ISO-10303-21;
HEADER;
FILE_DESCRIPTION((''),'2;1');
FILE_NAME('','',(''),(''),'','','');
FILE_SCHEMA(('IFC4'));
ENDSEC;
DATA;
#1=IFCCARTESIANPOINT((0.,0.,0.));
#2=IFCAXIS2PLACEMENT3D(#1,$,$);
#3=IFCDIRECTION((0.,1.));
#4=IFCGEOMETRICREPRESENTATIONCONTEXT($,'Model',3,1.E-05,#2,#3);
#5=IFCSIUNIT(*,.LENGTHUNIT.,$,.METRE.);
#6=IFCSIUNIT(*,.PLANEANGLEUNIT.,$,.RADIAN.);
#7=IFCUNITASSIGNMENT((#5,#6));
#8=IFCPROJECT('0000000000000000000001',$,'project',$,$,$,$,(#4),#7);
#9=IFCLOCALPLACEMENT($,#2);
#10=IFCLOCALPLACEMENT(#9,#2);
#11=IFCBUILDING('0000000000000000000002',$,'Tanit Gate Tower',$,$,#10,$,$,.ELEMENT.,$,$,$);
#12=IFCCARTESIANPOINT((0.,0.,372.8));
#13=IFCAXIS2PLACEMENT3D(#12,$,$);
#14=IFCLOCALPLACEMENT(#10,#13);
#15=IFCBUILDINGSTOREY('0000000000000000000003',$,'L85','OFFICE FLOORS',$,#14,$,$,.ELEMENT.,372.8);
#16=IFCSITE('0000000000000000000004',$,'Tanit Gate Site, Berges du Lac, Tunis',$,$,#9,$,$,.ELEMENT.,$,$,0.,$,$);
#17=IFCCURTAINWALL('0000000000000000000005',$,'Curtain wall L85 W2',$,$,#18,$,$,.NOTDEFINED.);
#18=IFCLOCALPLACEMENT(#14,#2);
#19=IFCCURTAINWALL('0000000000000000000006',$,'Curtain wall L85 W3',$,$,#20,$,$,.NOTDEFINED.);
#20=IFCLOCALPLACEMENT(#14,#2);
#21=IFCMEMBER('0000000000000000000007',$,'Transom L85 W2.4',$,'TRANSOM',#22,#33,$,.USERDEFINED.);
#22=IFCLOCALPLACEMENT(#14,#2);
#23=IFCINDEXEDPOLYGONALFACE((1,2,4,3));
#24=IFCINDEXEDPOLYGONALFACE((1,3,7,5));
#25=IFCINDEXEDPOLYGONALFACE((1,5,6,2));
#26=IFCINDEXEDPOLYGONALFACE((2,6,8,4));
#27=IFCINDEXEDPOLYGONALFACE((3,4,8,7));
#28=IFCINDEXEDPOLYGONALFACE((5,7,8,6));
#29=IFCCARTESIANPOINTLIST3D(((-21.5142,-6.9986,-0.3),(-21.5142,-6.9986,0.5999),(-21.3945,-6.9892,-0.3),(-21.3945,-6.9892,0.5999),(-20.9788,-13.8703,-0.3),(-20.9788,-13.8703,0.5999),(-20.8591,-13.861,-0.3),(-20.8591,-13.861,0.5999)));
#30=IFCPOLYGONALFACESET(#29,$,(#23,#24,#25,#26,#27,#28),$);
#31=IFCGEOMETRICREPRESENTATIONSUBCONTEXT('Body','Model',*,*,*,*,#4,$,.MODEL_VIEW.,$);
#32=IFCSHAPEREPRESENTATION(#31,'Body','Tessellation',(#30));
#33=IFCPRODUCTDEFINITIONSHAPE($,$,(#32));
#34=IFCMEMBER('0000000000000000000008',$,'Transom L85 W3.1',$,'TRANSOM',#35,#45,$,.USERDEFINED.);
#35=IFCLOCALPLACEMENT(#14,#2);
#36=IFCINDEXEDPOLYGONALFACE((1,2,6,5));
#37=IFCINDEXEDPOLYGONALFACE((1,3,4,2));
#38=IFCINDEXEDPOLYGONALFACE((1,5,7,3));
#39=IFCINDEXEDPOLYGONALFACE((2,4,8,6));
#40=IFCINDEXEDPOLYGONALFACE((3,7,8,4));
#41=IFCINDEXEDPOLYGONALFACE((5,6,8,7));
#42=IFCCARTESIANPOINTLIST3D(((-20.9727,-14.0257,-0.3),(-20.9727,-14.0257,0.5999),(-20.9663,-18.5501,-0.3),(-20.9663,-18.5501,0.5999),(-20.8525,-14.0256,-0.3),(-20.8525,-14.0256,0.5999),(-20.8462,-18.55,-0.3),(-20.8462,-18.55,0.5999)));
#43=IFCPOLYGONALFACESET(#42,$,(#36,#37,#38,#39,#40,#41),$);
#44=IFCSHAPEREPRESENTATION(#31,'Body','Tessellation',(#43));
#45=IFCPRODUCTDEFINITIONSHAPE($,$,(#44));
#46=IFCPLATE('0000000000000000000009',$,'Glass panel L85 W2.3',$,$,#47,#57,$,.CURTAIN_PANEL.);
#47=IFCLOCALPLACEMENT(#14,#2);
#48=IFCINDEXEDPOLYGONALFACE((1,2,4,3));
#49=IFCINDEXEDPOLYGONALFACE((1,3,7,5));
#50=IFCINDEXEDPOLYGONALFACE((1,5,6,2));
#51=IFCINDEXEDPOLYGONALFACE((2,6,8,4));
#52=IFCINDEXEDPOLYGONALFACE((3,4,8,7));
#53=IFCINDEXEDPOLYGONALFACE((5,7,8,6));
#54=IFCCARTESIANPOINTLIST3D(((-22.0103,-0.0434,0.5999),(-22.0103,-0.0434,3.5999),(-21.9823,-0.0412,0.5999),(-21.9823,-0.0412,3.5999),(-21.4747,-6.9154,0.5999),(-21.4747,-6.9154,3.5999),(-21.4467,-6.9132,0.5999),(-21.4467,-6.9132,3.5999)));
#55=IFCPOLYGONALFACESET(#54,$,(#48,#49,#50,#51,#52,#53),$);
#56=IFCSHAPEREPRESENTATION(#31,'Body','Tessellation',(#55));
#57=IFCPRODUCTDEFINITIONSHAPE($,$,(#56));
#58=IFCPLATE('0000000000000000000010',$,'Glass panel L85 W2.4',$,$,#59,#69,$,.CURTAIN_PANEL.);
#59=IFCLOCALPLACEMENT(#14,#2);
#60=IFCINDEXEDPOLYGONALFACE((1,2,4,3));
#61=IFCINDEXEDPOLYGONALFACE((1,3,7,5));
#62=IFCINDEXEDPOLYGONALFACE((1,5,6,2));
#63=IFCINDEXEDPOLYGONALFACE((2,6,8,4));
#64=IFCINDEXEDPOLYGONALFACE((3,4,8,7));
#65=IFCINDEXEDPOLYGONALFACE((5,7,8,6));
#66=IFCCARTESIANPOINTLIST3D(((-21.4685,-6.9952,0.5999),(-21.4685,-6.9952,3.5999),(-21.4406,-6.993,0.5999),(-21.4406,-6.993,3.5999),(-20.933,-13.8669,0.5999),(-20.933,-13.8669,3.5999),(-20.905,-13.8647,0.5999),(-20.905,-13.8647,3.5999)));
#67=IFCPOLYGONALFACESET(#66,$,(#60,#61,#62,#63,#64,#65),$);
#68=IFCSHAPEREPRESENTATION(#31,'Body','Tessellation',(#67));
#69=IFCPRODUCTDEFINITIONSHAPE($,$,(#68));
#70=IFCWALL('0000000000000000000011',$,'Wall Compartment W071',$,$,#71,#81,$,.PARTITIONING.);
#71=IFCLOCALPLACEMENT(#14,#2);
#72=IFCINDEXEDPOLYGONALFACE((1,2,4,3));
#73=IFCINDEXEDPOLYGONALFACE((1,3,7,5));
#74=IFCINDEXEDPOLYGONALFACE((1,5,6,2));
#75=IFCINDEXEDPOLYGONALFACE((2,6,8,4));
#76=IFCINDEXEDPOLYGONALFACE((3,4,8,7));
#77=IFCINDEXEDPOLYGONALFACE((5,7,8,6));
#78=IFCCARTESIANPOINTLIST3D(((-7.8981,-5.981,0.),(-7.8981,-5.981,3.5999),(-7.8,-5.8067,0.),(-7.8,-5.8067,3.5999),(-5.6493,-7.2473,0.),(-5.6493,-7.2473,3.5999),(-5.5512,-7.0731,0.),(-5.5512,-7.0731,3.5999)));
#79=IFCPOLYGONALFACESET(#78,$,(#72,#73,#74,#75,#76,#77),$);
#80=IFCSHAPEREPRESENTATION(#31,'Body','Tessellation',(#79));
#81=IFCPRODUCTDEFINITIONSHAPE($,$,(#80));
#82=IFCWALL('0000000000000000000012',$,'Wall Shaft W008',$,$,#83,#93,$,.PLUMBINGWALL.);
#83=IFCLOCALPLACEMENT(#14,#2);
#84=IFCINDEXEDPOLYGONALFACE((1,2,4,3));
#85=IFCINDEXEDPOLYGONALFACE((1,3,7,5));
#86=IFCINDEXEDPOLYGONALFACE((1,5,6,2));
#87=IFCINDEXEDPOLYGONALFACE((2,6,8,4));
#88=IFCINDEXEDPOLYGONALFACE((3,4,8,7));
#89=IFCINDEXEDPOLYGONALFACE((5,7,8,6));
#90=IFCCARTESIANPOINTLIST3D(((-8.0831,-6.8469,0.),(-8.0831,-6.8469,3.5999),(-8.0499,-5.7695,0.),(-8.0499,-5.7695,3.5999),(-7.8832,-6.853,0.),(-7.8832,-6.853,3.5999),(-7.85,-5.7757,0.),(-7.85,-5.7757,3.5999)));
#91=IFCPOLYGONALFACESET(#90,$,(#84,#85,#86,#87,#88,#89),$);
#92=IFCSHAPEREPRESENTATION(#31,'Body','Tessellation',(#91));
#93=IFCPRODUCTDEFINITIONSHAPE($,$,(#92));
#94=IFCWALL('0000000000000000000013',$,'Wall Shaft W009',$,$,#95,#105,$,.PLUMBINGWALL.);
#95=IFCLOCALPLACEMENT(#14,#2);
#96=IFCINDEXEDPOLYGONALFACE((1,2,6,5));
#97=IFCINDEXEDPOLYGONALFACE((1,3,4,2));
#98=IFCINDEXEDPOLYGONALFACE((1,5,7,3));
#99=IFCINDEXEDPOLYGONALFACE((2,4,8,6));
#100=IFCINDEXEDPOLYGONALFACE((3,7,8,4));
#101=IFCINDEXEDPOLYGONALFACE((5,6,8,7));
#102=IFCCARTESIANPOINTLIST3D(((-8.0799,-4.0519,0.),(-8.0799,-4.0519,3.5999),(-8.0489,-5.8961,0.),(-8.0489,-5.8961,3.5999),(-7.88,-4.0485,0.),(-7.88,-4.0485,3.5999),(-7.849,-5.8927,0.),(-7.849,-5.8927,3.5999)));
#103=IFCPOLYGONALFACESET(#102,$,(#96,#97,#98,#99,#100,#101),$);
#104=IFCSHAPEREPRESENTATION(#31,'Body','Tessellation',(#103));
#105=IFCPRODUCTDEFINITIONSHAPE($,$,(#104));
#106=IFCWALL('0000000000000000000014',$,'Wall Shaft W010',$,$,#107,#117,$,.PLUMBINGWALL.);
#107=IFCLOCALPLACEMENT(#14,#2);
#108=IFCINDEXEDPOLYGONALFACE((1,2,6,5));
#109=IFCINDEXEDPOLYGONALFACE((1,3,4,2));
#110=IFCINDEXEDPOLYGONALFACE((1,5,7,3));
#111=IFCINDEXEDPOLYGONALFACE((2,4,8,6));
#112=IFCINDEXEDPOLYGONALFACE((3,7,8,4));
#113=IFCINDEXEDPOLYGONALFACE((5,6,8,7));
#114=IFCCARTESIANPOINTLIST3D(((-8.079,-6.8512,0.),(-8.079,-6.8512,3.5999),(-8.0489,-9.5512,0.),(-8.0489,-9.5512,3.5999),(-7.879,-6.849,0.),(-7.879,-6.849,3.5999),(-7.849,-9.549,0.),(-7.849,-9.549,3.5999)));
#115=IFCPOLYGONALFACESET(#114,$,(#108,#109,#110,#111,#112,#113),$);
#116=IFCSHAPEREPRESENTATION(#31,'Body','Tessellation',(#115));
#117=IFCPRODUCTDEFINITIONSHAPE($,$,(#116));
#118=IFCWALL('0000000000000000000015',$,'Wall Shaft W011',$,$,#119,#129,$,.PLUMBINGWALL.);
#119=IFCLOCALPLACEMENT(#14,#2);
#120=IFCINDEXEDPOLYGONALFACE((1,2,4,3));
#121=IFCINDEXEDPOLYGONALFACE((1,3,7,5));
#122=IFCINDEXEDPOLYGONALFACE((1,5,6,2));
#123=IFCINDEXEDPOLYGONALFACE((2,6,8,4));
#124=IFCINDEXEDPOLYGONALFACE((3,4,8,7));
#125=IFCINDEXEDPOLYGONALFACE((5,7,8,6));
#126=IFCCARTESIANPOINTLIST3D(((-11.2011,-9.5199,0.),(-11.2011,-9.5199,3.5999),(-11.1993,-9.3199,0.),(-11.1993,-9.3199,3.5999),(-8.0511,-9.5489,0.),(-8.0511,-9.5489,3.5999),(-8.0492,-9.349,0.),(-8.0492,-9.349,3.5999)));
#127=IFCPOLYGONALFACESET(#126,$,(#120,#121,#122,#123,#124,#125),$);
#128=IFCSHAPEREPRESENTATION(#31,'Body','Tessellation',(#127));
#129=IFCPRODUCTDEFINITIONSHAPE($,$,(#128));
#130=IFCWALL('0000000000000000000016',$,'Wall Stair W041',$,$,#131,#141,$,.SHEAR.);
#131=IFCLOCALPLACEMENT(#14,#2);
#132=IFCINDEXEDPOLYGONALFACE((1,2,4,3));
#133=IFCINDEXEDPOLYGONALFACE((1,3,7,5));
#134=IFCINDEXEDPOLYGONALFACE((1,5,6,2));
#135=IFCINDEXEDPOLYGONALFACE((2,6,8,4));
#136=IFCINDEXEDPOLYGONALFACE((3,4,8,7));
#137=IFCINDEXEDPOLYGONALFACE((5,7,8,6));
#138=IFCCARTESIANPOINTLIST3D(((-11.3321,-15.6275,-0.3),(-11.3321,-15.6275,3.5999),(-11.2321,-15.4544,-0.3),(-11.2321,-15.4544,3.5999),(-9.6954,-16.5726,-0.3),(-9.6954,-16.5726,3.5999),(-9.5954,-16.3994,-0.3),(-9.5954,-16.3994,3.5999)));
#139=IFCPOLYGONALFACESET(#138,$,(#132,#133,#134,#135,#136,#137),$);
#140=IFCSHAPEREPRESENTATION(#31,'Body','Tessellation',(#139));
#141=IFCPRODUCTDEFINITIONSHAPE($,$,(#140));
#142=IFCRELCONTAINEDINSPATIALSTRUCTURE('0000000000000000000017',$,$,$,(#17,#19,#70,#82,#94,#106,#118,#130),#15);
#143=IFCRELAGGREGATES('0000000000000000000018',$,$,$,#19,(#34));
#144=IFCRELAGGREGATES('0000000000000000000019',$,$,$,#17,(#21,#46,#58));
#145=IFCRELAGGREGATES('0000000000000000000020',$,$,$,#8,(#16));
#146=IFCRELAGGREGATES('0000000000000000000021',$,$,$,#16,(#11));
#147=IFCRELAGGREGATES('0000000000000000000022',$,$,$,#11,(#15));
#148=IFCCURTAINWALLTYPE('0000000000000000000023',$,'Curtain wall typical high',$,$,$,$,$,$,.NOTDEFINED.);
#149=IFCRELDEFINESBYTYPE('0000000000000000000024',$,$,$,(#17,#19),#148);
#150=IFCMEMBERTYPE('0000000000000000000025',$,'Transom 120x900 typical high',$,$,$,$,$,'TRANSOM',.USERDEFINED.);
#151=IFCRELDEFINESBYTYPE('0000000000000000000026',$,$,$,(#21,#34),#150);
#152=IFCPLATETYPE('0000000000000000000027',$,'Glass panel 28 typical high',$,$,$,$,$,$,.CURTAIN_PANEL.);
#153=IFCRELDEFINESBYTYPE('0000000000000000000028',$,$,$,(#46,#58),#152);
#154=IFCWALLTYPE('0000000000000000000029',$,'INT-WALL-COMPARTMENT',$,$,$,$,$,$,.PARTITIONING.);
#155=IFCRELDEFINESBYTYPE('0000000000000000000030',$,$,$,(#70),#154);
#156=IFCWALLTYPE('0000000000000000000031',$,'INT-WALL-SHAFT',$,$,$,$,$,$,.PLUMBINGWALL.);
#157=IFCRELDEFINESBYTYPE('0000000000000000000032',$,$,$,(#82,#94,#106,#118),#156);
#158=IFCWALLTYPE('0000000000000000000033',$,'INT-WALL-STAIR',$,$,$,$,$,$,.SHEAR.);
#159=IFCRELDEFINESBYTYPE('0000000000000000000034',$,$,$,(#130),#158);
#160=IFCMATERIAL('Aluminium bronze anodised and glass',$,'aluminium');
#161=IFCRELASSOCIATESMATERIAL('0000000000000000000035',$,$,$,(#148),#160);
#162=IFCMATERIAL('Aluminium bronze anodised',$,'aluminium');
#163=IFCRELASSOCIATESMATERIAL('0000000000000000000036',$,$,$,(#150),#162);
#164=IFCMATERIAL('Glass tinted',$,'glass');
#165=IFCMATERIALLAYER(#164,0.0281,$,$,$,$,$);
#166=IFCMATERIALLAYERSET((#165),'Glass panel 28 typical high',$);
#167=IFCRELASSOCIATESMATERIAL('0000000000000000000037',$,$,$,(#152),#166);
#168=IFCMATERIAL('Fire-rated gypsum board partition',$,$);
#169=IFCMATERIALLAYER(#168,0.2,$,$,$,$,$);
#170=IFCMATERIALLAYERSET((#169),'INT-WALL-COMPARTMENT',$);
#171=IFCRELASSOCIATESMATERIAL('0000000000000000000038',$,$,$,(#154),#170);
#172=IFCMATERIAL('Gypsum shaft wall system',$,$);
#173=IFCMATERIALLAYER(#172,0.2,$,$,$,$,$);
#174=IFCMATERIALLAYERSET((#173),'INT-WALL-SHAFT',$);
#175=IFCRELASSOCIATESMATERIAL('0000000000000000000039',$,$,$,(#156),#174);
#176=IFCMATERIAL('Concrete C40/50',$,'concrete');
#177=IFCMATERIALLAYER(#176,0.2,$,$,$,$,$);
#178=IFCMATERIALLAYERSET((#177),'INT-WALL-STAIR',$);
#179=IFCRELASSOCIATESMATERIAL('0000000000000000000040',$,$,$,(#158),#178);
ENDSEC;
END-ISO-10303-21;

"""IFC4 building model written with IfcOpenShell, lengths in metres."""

from ifc_helpers import new_model, si_unit, direction, frame, frame_2d, origin, origin_2d, place, context, subcontext, project, spatial, rectangle, extrude, material, layer, layer_set, material_profile, profile_set, type_object, element, aggregate, save


model = new_model("IFC4")

# Units and contexts
model_context = context("Model", 3, precision=1e-05, world=origin(), true_north=direction((0.0, 1.0)))
body_context = subcontext(model_context, "Body", "Model", "MODEL_VIEW")
ifc_project = project(units=[si_unit("LENGTHUNIT", "METRE"), si_unit("PLANEANGLEUNIT", "RADIAN")], contexts=[model_context])

# Site, building, storey
site_placement = place(None, origin())
site = spatial("IfcSite", under=ifc_project, at=site_placement, Name="Tanit Gate Site, Berges du Lac, Tunis", CompositionType="ELEMENT", RefElevation=0.0)
building_placement = place(site_placement, origin())
building = spatial("IfcBuilding", under=site, at=building_placement, Name="Tanit Gate Tower", CompositionType="ELEMENT")
storey_placement = place(building_placement, frame((0.0, 0.0, 372.8)))
storey = spatial("IfcBuildingStorey", under=building, at=storey_placement, Name="L85", Description="OFFICE FLOORS", CompositionType="ELEMENT", Elevation=372.8)

# Curtain wall
ifc_material_1 = material(Name="Aluminium bronze anodised and glass", Category="aluminium")
curtain_wall_type = type_object("IfcCurtainWallType", Name="Curtain wall typical high", PredefinedType="NOTDEFINED", material=ifc_material_1)
curtain_wall_1_placement = place(storey_placement, origin())
curtain_wall_1 = element("IfcCurtainWall", 1, at=curtain_wall_1_placement, inside=storey, type_object=curtain_wall_type, Name="Curtain wall L85 W2", PredefinedType="NOTDEFINED")

# Curtain wall
curtain_wall_2_placement = place(storey_placement, origin())
curtain_wall_2 = element("IfcCurtainWall", 2, at=curtain_wall_2_placement, inside=storey, type_object=curtain_wall_type, Name="Curtain wall L85 W3", PredefinedType="NOTDEFINED")

# Members
ifc_material_2 = material(Name="Aluminium bronze anodised", Category="aluminium")
ifc_material_profile_1 = material_profile(ifc_material_2, rectangle(XDim=0.1201, YDim=0.8999, at=origin_2d()), Name="120x900 bronze transom")
ifc_profile_set_1 = profile_set([ifc_material_profile_1], Name="Aluminium bronze anodised")
member_type_1 = type_object("IfcMemberType", Name="Transom 120x900 typical high", ElementType="TRANSOM", PredefinedType="USERDEFINED", material=ifc_profile_set_1)
member_1_placement = place(storey_placement, frame((-21.4543, -6.9939, 0.1499), z_axis=(0.077677, -0.996979, 0.0), x_axis=(0.996979, 0.077677, 0.0)))
member_1 = element("IfcMember", 3, at=member_1_placement, type_object=member_type_1, Name="Transom L85 W2.4", ObjectType="TRANSOM", PredefinedType="USERDEFINED", context=body_context, shape_type="SweptSolid", body=[
    extrude(rectangle(XDim=0.1201, YDim=0.8999, at=origin_2d()), origin(), (0.0, 0.0, 1.0), 6.8926),
])
member_2_placement = place(storey_placement, frame((-20.9126, -14.0256, 0.1499), z_axis=(0.001403, -0.999999, 0.0), x_axis=(0.999999, 0.001403, 0.0)))
member_2 = element("IfcMember", 4, at=member_2_placement, type_object=member_type_1, Name="Transom L85 W3.1", ObjectType="TRANSOM", PredefinedType="USERDEFINED", context=body_context, shape_type="SweptSolid", body=[
    extrude(rectangle(XDim=0.1201, YDim=0.8999, at=origin_2d()), origin(), (0.0, 0.0, 1.0), 4.5244),
])
aggregate(curtain_wall_2, [member_2])

# Plates
ifc_material_3 = material(Name="Glass tinted", Category="glass")
ifc_layer_1 = layer(ifc_material_3, 0.0281)
ifc_layer_set_1 = layer_set([ifc_layer_1], Name="Glass panel 28 typical high")
plate_type = type_object("IfcPlateType", Name="Glass panel 28 typical high", PredefinedType="CURTAIN_PANEL", material=ifc_layer_set_1)
plate_1_placement = place(storey_placement, frame((-21.7285, -3.4783, 0.5999), z_axis=(0.0, 0.0, 1.0), x_axis=(0.077701, -0.996977, 0.0)))
plate_1 = element("IfcPlate", 5, at=plate_1_placement, type_object=plate_type, Name="Glass panel L85 W2.3", PredefinedType="CURTAIN_PANEL", context=body_context, shape_type="SweptSolid", body=[
    extrude(rectangle(XDim=6.8928, YDim=0.0281, at=origin_2d()), origin(), (0.0, 0.0, 1.0), 3.0),
])
plate_2_placement = place(storey_placement, frame((-21.1868, -10.4299, 0.5999), z_axis=(0.0, 0.0, 1.0), x_axis=(0.077701, -0.996977, 0.0)))
plate_2 = element("IfcPlate", 6, at=plate_2_placement, type_object=plate_type, Name="Glass panel L85 W2.4", PredefinedType="CURTAIN_PANEL", context=body_context, shape_type="SweptSolid", body=[
    extrude(rectangle(XDim=6.8926, YDim=0.0281, at=origin_2d()), origin(), (0.0, 0.0, 1.0), 3.0),
])
aggregate(curtain_wall_1, [member_1, plate_1, plate_2])

# Walls
ifc_material_4 = material(Name="Fire-rated gypsum board partition")
ifc_layer_2 = layer(ifc_material_4, 0.2)
ifc_layer_set_2 = layer_set([ifc_layer_2], Name="INT-WALL-COMPARTMENT")
wall_type_1 = type_object("IfcWallType", Name="INT-WALL-COMPARTMENT", PredefinedType="PARTITIONING", material=ifc_layer_set_2)
wall_1_placement = place(storey_placement, frame((-7.8491, -5.8938, 0.0), z_axis=(0.0, 0.0, 1.0), x_axis=(0.87134, -0.490679, 0.0)))
element("IfcWall", 7, at=wall_1_placement, inside=storey, type_object=wall_type_1, Name="Wall Compartment W071", PredefinedType="PARTITIONING", context=body_context, shape_type="SweptSolid", body=[
    extrude(rectangle(XDim=2.5808, YDim=0.2, at=frame_2d((1.2905, 0.0))), origin(), (0.0, 0.0, 1.0), 3.5999),
])
ifc_material_5 = material(Name="Gypsum shaft wall system")
ifc_layer_3 = layer(ifc_material_5, 0.2)
ifc_layer_set_3 = layer_set([ifc_layer_3], Name="INT-WALL-SHAFT")
wall_type_2 = type_object("IfcWallType", Name="INT-WALL-SHAFT", PredefinedType="PLUMBINGWALL", material=ifc_layer_set_3)
wall_2_placement = place(storey_placement, frame((-7.95, -5.7725, 0.0), z_axis=(0.0, 0.0, 1.0), x_axis=(-0.030803, -0.999525, 0.0)))
element("IfcWall", 8, at=wall_2_placement, inside=storey, type_object=wall_type_2, Name="Wall Shaft W008", PredefinedType="PLUMBINGWALL", context=body_context, shape_type="SweptSolid", body=[
    extrude(rectangle(XDim=1.0779, YDim=0.2, at=frame_2d((0.5391, 0.0))), origin(), (0.0, 0.0, 1.0), 3.5999),
])
wall_3_placement = place(storey_placement, frame((-7.98, -4.05, 0.0), z_axis=(0.0, 0.0, 1.0), x_axis=(0.01681, -0.999859, 0.0)))
element("IfcWall", 9, at=wall_3_placement, inside=storey, type_object=wall_type_2, Name="Wall Shaft W009", PredefinedType="PLUMBINGWALL", context=body_context, shape_type="SweptSolid", body=[
    extrude(rectangle(XDim=1.8445, YDim=0.2, at=frame_2d((0.9224, 0.0))), origin(), (0.0, 0.0, 1.0), 3.5999),
])
wall_4_placement = place(storey_placement, frame((-7.979, -6.8501, 0.0), z_axis=(0.0, 0.0, 1.0), x_axis=(0.011121, -0.999938, 0.0)))
element("IfcWall", 10, at=wall_4_placement, inside=storey, type_object=wall_type_2, Name="Wall Shaft W010", PredefinedType="PLUMBINGWALL", context=body_context, shape_type="SweptSolid", body=[
    extrude(rectangle(XDim=2.7002, YDim=0.2, at=frame_2d((1.3501, 0.0))), origin(), (0.0, 0.0, 1.0), 3.5999),
])
wall_5_placement = place(storey_placement, frame((-8.05, -9.449, 0.0), z_axis=(0.0, 0.0, 1.0), x_axis=(-0.999957, 0.009223, 0.0)))
element("IfcWall", 11, at=wall_5_placement, inside=storey, type_object=wall_type_2, Name="Wall Shaft W011", PredefinedType="PLUMBINGWALL", context=body_context, shape_type="SweptSolid", body=[
    extrude(rectangle(XDim=3.1501, YDim=0.2, at=frame_2d((1.5752, 0.0))), origin(), (0.0, 0.0, 1.0), 3.5999),
])
ifc_material_6 = material(Name="Concrete C40/50", Category="concrete")
ifc_layer_4 = layer(ifc_material_6, 0.2)
ifc_layer_set_4 = layer_set([ifc_layer_4], Name="INT-WALL-STAIR")
wall_type_3 = type_object("IfcWallType", Name="INT-WALL-STAIR", PredefinedType="SHEAR", material=ifc_layer_set_4)
wall_6_placement = place(storey_placement, frame((-11.282, -15.541, -0.3), z_axis=(0.0, 0.0, 1.0), x_axis=(0.866001, -0.500043, 0.0)))
element("IfcWall", 12, at=wall_6_placement, inside=storey, type_object=wall_type_3, Name="Wall Stair W041", PredefinedType="SHEAR", context=body_context, shape_type="SweptSolid", body=[
    extrude(rectangle(XDim=1.8899, YDim=0.2, at=frame_2d((0.9448, 0.0))), origin(), (0.0, 0.0, 1.0), 3.8999),
])

save(model, "model.ifc")
